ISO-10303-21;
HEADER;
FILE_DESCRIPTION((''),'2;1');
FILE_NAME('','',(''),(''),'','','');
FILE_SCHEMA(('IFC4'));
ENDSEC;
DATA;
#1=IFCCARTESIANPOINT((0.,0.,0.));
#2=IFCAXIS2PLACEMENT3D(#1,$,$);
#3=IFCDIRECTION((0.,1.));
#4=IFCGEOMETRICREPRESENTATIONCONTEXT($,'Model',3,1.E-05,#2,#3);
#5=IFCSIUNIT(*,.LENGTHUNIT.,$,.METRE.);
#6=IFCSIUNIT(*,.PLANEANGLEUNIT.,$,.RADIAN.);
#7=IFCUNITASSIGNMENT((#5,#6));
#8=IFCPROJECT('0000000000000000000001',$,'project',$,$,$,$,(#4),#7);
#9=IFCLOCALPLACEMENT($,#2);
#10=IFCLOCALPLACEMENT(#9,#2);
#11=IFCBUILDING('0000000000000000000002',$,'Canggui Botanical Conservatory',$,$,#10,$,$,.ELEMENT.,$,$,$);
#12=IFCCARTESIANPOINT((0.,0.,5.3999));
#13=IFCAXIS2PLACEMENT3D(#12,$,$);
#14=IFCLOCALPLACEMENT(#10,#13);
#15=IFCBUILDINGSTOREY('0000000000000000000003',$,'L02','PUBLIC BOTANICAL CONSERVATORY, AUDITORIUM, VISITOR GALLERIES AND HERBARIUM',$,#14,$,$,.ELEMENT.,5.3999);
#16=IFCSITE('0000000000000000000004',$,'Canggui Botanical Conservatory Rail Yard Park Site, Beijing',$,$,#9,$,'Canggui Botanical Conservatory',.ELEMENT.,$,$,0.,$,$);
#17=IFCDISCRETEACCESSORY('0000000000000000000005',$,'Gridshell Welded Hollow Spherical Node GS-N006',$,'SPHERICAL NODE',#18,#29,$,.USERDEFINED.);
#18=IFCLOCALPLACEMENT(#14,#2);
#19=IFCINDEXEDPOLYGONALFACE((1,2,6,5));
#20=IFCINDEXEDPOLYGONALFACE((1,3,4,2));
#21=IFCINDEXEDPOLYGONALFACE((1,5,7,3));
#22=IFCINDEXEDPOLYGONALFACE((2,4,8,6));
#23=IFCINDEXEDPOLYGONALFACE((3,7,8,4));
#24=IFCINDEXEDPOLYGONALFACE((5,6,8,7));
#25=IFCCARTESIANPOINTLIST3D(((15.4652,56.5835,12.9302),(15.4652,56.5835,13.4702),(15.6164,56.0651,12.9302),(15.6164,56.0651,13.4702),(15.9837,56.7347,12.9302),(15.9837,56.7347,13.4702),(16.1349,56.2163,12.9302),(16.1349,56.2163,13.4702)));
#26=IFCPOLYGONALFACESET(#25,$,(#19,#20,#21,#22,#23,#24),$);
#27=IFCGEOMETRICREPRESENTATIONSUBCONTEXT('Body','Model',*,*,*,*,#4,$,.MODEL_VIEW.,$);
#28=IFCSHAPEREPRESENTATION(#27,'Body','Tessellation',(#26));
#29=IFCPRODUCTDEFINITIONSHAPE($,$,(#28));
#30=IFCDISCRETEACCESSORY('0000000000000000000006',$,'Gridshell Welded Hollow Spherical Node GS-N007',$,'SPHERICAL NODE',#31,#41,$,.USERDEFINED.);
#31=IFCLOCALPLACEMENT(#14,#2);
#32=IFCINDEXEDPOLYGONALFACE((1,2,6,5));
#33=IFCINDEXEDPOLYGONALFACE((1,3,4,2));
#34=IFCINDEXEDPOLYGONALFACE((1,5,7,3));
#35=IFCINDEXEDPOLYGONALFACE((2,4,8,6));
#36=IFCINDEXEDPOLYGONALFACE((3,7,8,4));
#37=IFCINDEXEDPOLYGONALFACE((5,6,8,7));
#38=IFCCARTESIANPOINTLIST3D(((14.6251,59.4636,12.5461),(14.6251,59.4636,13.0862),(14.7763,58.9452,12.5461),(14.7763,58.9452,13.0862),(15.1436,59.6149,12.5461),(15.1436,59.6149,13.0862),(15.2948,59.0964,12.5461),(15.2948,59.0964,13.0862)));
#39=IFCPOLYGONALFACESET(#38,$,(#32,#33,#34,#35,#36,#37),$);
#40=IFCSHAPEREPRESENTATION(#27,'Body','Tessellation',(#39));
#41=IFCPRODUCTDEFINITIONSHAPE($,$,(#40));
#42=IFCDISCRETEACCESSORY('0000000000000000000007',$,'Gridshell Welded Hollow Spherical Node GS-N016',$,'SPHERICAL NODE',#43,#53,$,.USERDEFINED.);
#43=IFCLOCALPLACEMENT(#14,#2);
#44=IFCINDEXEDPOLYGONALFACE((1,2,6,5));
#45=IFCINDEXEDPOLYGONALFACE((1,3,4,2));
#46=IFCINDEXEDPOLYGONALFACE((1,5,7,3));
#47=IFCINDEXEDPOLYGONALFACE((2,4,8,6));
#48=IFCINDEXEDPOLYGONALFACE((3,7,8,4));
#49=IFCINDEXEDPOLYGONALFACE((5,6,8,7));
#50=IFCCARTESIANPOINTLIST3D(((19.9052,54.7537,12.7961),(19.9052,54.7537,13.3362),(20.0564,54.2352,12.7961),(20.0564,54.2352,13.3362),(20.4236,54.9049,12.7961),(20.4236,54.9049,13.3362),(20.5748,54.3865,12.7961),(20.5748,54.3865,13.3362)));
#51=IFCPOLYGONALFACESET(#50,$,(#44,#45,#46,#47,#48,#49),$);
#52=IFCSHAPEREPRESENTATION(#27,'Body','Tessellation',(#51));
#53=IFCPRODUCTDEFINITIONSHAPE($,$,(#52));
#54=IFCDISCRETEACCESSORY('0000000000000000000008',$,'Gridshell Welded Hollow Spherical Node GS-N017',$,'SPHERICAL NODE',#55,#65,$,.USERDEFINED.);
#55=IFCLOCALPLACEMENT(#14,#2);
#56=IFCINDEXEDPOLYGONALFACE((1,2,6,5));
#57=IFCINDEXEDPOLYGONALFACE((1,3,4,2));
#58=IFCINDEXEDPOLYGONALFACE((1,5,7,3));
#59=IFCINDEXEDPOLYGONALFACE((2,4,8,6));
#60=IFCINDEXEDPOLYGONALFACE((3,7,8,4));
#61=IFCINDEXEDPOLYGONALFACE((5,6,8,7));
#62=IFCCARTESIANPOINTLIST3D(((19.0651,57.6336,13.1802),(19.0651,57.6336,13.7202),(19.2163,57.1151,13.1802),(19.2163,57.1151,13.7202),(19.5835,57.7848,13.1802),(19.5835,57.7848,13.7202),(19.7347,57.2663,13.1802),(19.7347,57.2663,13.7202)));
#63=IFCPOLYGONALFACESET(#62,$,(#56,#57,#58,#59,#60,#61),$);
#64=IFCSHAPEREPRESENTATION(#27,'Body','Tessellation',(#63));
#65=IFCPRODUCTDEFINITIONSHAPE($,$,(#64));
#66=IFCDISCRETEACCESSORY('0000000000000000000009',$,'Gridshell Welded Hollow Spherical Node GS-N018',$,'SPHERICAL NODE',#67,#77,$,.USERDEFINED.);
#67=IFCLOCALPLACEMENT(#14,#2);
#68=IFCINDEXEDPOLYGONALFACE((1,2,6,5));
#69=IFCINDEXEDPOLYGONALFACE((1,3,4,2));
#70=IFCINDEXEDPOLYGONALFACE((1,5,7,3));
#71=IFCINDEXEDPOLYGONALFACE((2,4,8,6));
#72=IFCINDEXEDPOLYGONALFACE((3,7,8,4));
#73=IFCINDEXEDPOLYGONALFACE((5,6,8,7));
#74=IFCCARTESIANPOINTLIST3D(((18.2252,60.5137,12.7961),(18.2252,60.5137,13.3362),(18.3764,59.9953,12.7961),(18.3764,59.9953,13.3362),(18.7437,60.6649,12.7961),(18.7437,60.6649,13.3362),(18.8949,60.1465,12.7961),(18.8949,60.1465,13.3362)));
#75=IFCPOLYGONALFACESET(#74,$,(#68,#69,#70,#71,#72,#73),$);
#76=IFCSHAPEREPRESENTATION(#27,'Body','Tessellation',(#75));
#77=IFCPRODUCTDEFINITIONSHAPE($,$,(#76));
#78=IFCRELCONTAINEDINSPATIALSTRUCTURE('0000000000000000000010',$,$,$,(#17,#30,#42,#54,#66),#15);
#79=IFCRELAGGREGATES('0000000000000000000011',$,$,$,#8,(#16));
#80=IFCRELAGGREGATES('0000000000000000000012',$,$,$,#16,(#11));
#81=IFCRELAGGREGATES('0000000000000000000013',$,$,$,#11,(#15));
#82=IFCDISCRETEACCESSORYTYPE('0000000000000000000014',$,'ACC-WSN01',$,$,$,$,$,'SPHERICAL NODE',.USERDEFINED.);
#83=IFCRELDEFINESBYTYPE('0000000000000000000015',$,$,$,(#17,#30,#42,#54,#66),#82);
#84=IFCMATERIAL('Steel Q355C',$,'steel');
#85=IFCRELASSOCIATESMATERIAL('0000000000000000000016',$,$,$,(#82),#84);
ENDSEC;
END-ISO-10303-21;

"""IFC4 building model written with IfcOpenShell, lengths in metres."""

from ifc_helpers import new_model, si_unit, direction, frame, origin, origin_2d, place, context, subcontext, project, spatial, rectangle, extrude, material, type_object, element, save


model = new_model("IFC4")

# Units and contexts
model_context = context("Model", 3, precision=1e-05, world=origin(), true_north=direction((0.0, 1.0)))
body_context = subcontext(model_context, "Body", "Model", "MODEL_VIEW")
ifc_project = project(units=[si_unit("LENGTHUNIT", "METRE"), si_unit("PLANEANGLEUNIT", "RADIAN")], contexts=[model_context])

# Site, building, storey
site_placement = place(None, origin())
site = spatial("IfcSite", under=ifc_project, at=site_placement, Name="Canggui Botanical Conservatory Rail Yard Park Site, Beijing", LongName="Canggui Botanical Conservatory", CompositionType="ELEMENT", RefElevation=0.0)
building_placement = place(site_placement, origin())
building = spatial("IfcBuilding", under=site, at=building_placement, Name="Canggui Botanical Conservatory", CompositionType="ELEMENT")
storey_placement = place(building_placement, frame((0.0, 0.0, 5.3999)))
storey = spatial("IfcBuildingStorey", under=building, at=storey_placement, Name="L02", Description="PUBLIC BOTANICAL CONSERVATORY, AUDITORIUM, VISITOR GALLERIES AND HERBARIUM", CompositionType="ELEMENT", Elevation=5.3999)

# Shared definitions
ifc_material_1 = material(Name="Steel Q355C", Category="steel")

# Discrete accessories
discrete_accessory_type_1 = type_object("IfcDiscreteAccessoryType", Name="ACC-WSN01", ElementType="SPHERICAL NODE", PredefinedType="USERDEFINED", material=ifc_material_1)
for number, where, z_axis, x_axis, name in (
    (1, (15.8, 56.3999, 12.9302), (0.0, 0.0, 1.0), (0.96, 0.28, 0.0), "Gridshell Welded Hollow Spherical Node GS-N006"),
    (2, (14.96, 59.28, 12.5461), (0.0, 0.0, 1.0), (0.96, 0.28, 0.0), "Gridshell Welded Hollow Spherical Node GS-N007"),
    (3, (20.24, 54.5701, 12.7961), (0.0, 0.0, 1.0), (0.96, 0.28, 0.0), "Gridshell Welded Hollow Spherical Node GS-N016"),
    (4, (19.3999, 57.45, 13.1802), (0.0, 0.0, 1.0), (0.96, 0.28, 0.0), "Gridshell Welded Hollow Spherical Node GS-N017"),
    (5, (18.5601, 60.3301, 12.7961), (0.0, 0.0, 1.0), (0.96, 0.28, 0.0), "Gridshell Welded Hollow Spherical Node GS-N018"),
):
    element("IfcDiscreteAccessory", number, at=place(storey_placement, frame(where, z_axis=z_axis, x_axis=x_axis)), inside=storey, type_object=discrete_accessory_type_1, Name=name, ObjectType="SPHERICAL NODE", PredefinedType="USERDEFINED", context=body_context, shape_type="SweptSolid", body=[
        extrude(rectangle(XDim=0.54, YDim=0.54, at=origin_2d()), origin(), (0.0, 0.0, 1.0), 0.54),
    ])

save(model, "model.ifc")
